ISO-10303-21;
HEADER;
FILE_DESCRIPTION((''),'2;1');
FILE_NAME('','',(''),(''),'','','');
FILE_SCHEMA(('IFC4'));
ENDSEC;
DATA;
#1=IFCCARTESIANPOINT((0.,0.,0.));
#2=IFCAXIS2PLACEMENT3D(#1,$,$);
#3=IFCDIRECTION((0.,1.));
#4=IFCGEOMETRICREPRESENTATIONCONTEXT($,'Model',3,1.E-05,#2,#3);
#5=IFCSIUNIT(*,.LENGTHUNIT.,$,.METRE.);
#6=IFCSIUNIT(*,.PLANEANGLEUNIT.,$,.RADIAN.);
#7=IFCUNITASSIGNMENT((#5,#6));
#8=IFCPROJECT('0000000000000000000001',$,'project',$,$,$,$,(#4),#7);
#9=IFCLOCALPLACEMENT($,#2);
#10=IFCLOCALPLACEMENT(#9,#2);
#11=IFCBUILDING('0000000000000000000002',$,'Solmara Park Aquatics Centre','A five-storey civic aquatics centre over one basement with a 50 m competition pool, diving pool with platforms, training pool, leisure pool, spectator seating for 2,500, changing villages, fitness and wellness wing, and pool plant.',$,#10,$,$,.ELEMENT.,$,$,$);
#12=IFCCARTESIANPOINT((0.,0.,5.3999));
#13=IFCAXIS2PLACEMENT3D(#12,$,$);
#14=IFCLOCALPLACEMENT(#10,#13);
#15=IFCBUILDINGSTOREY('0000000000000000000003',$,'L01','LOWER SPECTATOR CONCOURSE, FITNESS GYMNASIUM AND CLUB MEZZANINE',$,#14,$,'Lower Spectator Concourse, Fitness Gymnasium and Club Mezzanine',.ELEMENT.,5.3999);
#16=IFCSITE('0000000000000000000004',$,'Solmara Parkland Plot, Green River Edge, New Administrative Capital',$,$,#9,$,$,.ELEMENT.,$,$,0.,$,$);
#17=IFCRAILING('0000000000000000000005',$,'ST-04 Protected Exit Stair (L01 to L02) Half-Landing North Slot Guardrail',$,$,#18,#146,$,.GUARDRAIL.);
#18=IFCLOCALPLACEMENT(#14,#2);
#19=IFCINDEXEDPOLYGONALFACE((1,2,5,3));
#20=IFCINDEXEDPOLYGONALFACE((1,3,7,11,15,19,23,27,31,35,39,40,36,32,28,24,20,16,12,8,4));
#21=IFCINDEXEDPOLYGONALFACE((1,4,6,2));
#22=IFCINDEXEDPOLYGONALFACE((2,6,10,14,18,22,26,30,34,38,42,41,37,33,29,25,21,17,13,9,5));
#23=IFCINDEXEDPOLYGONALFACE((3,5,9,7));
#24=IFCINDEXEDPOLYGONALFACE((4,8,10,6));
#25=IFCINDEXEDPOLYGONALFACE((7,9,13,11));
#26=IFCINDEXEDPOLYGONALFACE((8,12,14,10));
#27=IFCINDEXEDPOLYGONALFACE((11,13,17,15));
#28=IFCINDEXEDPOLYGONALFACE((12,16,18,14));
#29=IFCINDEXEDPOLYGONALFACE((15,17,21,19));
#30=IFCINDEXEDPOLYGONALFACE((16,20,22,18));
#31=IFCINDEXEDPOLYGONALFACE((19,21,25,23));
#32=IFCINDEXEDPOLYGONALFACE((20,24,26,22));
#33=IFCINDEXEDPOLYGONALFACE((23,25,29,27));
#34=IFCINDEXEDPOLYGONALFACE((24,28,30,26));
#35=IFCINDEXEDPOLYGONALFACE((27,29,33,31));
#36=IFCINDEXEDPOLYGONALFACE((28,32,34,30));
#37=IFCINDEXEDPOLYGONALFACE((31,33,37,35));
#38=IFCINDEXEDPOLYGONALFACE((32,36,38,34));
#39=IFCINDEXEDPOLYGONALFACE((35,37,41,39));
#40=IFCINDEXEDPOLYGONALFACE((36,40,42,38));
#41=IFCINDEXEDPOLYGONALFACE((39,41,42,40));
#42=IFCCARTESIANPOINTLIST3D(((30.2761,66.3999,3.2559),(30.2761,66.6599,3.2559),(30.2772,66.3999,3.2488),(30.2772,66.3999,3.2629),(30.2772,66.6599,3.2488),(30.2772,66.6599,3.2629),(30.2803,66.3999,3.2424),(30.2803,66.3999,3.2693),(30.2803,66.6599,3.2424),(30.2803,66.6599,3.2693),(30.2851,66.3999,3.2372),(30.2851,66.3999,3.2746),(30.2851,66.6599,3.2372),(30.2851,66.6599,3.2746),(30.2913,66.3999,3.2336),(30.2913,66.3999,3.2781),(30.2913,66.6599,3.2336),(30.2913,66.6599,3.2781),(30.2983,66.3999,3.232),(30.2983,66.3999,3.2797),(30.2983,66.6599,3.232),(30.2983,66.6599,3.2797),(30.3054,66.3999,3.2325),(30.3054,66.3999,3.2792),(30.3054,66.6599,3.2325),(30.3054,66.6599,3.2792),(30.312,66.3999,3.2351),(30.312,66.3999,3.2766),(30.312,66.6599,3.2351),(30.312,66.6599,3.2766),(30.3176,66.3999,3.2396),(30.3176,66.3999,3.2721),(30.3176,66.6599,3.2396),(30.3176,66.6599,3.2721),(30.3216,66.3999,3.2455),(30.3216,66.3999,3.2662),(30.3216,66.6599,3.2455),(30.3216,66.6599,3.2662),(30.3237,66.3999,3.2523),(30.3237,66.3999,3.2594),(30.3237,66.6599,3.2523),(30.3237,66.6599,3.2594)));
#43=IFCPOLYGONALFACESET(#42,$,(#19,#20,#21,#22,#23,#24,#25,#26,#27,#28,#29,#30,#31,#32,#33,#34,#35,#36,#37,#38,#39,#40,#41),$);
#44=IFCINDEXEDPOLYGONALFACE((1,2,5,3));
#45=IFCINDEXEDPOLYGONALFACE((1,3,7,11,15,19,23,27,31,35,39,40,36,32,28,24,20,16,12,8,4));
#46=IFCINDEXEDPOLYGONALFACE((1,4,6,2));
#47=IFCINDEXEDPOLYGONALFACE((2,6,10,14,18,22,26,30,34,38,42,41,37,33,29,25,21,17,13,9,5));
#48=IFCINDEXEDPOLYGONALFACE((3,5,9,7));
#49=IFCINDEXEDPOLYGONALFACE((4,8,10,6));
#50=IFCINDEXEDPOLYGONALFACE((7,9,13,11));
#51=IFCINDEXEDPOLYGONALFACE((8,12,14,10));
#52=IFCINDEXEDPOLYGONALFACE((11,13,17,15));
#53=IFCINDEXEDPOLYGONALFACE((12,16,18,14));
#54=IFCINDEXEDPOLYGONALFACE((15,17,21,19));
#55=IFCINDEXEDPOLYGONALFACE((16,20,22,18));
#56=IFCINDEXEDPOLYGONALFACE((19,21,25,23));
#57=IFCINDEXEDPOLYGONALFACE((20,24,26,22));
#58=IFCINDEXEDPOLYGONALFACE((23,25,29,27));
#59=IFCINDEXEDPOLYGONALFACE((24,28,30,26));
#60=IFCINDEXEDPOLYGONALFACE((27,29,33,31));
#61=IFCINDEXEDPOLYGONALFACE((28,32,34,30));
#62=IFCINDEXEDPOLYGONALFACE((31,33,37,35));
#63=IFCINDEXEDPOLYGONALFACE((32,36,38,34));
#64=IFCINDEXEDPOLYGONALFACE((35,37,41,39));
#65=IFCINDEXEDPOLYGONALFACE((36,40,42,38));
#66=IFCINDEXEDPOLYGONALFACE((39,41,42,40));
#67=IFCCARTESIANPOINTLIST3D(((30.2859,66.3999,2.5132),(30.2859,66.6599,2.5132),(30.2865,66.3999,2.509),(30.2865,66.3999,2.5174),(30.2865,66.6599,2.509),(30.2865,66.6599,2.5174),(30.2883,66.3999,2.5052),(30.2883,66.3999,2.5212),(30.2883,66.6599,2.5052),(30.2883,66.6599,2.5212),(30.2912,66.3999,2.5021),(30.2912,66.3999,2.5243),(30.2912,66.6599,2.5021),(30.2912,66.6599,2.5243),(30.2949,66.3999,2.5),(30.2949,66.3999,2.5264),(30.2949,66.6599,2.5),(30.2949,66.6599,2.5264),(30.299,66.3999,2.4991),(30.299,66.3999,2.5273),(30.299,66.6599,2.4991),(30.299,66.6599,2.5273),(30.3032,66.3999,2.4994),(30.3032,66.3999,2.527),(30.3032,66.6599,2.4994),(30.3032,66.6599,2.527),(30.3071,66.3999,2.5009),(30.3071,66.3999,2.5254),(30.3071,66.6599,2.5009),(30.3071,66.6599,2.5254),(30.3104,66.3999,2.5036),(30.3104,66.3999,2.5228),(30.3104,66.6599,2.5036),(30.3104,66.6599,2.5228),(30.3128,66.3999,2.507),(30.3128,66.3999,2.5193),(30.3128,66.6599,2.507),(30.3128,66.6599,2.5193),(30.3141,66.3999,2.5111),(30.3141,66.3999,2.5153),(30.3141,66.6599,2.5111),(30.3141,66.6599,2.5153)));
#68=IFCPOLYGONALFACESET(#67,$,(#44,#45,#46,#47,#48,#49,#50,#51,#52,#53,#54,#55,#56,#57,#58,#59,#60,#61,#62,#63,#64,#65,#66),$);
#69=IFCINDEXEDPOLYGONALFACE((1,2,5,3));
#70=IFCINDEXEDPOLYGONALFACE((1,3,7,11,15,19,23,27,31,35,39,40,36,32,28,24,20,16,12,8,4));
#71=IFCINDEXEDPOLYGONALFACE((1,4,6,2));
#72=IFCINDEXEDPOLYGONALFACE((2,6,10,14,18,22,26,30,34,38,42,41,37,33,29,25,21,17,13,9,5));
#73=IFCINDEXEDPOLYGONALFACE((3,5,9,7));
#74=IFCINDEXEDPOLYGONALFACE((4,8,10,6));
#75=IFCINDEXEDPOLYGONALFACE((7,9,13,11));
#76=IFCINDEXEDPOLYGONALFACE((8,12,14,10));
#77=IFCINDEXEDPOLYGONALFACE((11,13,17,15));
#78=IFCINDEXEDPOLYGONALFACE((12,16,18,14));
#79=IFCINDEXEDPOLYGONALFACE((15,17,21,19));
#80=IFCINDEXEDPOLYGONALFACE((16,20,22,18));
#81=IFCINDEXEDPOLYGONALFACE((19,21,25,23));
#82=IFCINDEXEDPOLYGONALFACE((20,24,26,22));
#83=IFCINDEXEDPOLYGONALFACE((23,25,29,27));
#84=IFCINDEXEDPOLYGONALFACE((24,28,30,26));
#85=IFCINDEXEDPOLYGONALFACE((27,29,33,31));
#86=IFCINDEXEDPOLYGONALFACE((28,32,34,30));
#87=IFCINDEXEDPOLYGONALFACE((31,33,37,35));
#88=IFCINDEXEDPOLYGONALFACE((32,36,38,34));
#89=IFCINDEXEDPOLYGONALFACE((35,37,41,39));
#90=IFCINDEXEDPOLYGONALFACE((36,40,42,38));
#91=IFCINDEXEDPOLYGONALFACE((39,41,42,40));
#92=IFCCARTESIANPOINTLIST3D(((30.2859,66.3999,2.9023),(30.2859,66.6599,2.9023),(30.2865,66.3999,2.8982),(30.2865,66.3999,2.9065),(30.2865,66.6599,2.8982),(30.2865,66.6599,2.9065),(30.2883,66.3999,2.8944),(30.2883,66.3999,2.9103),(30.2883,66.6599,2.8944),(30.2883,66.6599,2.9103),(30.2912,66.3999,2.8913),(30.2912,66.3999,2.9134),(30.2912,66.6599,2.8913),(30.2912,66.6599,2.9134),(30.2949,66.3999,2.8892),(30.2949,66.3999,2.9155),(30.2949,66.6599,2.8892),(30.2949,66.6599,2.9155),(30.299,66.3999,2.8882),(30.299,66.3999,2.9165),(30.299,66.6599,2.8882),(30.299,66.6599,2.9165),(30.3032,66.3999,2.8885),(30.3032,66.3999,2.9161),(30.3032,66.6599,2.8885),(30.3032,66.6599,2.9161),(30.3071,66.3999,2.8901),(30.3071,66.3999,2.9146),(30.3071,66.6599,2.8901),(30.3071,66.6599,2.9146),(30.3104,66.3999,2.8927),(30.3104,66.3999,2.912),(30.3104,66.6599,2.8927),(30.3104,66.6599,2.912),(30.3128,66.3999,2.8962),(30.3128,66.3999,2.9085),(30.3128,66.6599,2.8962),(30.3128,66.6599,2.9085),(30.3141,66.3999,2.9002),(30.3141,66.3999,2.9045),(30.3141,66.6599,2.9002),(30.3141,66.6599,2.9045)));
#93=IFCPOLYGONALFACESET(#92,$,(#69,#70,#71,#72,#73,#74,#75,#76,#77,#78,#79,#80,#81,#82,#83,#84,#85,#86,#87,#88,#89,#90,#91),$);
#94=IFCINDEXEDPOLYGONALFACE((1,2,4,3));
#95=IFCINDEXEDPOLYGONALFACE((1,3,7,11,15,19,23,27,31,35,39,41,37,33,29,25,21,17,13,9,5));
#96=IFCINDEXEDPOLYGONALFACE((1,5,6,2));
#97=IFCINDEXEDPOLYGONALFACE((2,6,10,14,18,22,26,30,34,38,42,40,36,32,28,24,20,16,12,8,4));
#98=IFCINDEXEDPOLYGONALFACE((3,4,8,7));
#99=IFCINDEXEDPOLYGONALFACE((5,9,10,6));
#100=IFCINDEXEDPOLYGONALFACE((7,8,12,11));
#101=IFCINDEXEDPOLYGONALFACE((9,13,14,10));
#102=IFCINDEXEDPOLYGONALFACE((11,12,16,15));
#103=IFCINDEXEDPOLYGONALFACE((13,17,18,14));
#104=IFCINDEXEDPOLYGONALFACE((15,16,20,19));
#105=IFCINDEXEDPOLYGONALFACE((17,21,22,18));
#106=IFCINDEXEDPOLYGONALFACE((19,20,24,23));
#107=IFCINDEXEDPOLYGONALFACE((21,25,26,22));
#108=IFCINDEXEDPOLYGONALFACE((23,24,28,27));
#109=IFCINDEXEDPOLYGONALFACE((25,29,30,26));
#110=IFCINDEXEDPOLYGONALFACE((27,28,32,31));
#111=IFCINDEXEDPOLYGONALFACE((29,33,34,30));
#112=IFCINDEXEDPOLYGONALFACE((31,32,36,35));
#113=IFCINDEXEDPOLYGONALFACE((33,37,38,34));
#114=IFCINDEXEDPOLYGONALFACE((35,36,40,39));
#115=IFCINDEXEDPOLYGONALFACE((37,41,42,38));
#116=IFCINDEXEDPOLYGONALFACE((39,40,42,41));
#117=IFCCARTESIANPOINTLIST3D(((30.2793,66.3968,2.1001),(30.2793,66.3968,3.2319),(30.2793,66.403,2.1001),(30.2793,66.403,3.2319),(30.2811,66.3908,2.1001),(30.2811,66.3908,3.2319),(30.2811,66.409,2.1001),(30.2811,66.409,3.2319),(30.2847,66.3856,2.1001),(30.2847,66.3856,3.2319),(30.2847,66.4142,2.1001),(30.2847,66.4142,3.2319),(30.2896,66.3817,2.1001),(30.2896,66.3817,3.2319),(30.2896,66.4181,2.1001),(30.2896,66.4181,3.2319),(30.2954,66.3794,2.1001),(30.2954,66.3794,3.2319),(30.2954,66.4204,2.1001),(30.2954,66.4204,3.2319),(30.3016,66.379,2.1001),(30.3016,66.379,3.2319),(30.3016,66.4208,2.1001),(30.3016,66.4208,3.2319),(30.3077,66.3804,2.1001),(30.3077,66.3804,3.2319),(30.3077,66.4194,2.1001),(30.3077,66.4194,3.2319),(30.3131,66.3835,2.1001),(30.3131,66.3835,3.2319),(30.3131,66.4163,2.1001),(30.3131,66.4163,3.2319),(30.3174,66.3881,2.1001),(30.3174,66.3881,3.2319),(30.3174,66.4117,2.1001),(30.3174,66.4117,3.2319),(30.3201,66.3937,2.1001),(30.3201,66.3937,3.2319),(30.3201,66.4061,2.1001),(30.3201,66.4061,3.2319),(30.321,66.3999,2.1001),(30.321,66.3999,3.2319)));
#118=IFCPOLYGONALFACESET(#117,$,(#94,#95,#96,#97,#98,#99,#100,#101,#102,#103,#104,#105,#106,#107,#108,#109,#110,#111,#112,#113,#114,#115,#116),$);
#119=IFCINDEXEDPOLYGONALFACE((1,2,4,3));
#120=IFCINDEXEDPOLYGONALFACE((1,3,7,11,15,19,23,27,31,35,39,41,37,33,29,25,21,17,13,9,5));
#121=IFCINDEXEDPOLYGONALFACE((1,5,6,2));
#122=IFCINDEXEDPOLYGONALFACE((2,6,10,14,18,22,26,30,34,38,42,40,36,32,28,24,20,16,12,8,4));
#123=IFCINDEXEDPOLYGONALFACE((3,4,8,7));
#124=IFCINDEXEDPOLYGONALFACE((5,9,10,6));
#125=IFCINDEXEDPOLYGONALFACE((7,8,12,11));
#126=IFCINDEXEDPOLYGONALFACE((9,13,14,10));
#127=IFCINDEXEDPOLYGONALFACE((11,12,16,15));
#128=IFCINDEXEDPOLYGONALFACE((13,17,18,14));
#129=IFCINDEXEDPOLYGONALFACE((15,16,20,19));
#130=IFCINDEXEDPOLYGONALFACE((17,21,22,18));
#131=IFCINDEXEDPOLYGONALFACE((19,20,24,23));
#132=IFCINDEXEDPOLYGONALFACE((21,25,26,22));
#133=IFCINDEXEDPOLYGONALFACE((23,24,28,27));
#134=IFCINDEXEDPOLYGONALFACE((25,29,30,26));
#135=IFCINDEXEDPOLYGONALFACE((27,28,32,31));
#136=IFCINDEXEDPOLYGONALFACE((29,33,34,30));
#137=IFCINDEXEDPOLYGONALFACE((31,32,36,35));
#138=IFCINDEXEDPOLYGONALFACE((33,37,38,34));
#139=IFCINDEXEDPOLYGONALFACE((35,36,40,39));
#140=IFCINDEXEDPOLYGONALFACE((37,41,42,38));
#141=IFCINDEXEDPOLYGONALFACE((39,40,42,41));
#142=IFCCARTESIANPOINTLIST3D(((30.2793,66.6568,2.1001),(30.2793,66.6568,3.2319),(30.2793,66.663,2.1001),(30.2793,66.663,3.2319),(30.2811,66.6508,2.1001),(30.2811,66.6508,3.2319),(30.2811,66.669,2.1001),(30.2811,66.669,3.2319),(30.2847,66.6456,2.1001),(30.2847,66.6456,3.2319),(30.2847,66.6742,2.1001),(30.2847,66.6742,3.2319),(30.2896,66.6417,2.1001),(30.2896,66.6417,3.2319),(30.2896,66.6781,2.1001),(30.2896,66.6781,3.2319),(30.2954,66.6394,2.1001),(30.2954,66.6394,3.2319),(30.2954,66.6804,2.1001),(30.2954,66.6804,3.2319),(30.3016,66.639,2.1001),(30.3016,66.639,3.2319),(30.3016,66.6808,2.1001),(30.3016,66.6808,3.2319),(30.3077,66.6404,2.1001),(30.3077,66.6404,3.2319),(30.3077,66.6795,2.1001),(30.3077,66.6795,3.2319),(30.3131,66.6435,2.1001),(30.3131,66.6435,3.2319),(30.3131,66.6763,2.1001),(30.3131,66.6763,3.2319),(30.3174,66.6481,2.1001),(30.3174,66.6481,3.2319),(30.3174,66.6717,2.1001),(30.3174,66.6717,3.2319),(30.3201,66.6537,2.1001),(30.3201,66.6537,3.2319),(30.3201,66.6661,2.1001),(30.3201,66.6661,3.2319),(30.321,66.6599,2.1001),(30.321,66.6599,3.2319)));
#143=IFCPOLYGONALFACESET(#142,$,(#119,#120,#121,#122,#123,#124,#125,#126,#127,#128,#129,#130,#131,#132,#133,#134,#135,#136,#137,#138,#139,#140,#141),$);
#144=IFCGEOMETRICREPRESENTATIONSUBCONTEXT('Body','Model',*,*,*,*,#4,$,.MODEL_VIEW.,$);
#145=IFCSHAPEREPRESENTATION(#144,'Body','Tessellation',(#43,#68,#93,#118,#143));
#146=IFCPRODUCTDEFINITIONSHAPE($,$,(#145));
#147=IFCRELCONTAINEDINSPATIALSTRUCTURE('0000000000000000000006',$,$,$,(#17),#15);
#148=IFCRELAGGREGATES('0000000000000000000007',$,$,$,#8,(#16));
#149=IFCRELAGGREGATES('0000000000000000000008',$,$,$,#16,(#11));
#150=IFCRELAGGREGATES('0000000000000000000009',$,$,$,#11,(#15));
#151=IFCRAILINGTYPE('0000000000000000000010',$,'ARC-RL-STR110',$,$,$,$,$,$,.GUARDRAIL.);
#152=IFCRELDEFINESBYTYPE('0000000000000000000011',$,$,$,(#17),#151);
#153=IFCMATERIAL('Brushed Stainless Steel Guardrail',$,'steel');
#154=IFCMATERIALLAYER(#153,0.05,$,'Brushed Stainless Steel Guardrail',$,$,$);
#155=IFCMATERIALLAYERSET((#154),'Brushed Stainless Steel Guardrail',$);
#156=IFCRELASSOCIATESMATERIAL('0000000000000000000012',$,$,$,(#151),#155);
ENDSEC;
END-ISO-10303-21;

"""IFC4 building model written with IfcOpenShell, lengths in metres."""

from ifc_helpers import new_model, si_unit, direction, frame, origin, origin_2d, place, context, subcontext, project, spatial, circle, extrude, material, layer, layer_set, type_object, element, save


model = new_model("IFC4")

# Units and contexts
model_context = context("Model", 3, precision=1e-05, world=origin(), true_north=direction((0.0, 1.0)))
body_context = subcontext(model_context, "Body", "Model", "MODEL_VIEW")
ifc_project = project(units=[si_unit("LENGTHUNIT", "METRE"), si_unit("PLANEANGLEUNIT", "RADIAN")], contexts=[model_context])

# Site, building, storey
site_placement = place(None, origin())
site = spatial("IfcSite", under=ifc_project, at=site_placement, Name="Solmara Parkland Plot, Green River Edge, New Administrative Capital", CompositionType="ELEMENT", RefElevation=0.0)
building_placement = place(site_placement, origin())
building = spatial("IfcBuilding", under=site, at=building_placement, Name="Solmara Park Aquatics Centre", Description="A five-storey civic aquatics centre over one basement with a 50 m competition pool, diving pool with platforms, training pool, leisure pool, spectator seating for 2,500, changing villages, fitness and wellness wing, and pool plant.", CompositionType="ELEMENT")
storey_placement = place(building_placement, frame((0.0, 0.0, 5.3999)))
storey = spatial("IfcBuildingStorey", under=building, at=storey_placement, Name="L01", Description="LOWER SPECTATOR CONCOURSE, FITNESS GYMNASIUM AND CLUB MEZZANINE", LongName="Lower Spectator Concourse, Fitness Gymnasium and Club Mezzanine", CompositionType="ELEMENT", Elevation=5.3999)

# Railing
ifc_material_1 = material(Name="Brushed Stainless Steel Guardrail", Category="steel")
ifc_layer_1 = layer(ifc_material_1, 0.05, Name="Brushed Stainless Steel Guardrail")
ifc_layer_set_1 = layer_set([ifc_layer_1], Name="Brushed Stainless Steel Guardrail")
railing_type_1 = type_object("IfcRailingType", Name="ARC-RL-STR110", PredefinedType="GUARDRAIL", material=ifc_layer_set_1)
railing_1_placement = place(storey_placement, frame((30.3, 66.3999, 2.1001)))
element("IfcRailing", 1, at=railing_1_placement, inside=storey, type_object=railing_type_1, Name="ST-04 Protected Exit Stair (L01 to L02) Half-Landing North Slot Guardrail", PredefinedType="GUARDRAIL", context=body_context, shape_type="SweptSolid", body=[
    extrude(circle(Radius=0.0239, at=origin_2d()), frame((0.0, 0.0, 1.1558), z_axis=(0.0, 1.0, 0.0), x_axis=(-1.0, 0.0, 0.0)), (0.0, 0.0, 1.0), 0.26),
    extrude(circle(Radius=0.0142, at=origin_2d()), frame((0.0, 0.0, 0.4131), z_axis=(0.0, 1.0, 0.0), x_axis=(-1.0, 0.0, 0.0)), (0.0, 0.0, 1.0), 0.26),
    extrude(circle(Radius=0.0142, at=origin_2d()), frame((0.0, 0.0, 0.8022), z_axis=(0.0, 1.0, 0.0), x_axis=(-1.0, 0.0, 0.0)), (0.0, 0.0, 1.0), 0.26),
    extrude(circle(Radius=0.021, at=origin_2d()), origin(), (0.0, 0.0, 1.0), 1.1318),
    extrude(circle(Radius=0.021, at=origin_2d()), frame((0.0, 0.26, 0.0)), (0.0, 0.0, 1.0), 1.1318),
])

save(model, "model.ifc")
